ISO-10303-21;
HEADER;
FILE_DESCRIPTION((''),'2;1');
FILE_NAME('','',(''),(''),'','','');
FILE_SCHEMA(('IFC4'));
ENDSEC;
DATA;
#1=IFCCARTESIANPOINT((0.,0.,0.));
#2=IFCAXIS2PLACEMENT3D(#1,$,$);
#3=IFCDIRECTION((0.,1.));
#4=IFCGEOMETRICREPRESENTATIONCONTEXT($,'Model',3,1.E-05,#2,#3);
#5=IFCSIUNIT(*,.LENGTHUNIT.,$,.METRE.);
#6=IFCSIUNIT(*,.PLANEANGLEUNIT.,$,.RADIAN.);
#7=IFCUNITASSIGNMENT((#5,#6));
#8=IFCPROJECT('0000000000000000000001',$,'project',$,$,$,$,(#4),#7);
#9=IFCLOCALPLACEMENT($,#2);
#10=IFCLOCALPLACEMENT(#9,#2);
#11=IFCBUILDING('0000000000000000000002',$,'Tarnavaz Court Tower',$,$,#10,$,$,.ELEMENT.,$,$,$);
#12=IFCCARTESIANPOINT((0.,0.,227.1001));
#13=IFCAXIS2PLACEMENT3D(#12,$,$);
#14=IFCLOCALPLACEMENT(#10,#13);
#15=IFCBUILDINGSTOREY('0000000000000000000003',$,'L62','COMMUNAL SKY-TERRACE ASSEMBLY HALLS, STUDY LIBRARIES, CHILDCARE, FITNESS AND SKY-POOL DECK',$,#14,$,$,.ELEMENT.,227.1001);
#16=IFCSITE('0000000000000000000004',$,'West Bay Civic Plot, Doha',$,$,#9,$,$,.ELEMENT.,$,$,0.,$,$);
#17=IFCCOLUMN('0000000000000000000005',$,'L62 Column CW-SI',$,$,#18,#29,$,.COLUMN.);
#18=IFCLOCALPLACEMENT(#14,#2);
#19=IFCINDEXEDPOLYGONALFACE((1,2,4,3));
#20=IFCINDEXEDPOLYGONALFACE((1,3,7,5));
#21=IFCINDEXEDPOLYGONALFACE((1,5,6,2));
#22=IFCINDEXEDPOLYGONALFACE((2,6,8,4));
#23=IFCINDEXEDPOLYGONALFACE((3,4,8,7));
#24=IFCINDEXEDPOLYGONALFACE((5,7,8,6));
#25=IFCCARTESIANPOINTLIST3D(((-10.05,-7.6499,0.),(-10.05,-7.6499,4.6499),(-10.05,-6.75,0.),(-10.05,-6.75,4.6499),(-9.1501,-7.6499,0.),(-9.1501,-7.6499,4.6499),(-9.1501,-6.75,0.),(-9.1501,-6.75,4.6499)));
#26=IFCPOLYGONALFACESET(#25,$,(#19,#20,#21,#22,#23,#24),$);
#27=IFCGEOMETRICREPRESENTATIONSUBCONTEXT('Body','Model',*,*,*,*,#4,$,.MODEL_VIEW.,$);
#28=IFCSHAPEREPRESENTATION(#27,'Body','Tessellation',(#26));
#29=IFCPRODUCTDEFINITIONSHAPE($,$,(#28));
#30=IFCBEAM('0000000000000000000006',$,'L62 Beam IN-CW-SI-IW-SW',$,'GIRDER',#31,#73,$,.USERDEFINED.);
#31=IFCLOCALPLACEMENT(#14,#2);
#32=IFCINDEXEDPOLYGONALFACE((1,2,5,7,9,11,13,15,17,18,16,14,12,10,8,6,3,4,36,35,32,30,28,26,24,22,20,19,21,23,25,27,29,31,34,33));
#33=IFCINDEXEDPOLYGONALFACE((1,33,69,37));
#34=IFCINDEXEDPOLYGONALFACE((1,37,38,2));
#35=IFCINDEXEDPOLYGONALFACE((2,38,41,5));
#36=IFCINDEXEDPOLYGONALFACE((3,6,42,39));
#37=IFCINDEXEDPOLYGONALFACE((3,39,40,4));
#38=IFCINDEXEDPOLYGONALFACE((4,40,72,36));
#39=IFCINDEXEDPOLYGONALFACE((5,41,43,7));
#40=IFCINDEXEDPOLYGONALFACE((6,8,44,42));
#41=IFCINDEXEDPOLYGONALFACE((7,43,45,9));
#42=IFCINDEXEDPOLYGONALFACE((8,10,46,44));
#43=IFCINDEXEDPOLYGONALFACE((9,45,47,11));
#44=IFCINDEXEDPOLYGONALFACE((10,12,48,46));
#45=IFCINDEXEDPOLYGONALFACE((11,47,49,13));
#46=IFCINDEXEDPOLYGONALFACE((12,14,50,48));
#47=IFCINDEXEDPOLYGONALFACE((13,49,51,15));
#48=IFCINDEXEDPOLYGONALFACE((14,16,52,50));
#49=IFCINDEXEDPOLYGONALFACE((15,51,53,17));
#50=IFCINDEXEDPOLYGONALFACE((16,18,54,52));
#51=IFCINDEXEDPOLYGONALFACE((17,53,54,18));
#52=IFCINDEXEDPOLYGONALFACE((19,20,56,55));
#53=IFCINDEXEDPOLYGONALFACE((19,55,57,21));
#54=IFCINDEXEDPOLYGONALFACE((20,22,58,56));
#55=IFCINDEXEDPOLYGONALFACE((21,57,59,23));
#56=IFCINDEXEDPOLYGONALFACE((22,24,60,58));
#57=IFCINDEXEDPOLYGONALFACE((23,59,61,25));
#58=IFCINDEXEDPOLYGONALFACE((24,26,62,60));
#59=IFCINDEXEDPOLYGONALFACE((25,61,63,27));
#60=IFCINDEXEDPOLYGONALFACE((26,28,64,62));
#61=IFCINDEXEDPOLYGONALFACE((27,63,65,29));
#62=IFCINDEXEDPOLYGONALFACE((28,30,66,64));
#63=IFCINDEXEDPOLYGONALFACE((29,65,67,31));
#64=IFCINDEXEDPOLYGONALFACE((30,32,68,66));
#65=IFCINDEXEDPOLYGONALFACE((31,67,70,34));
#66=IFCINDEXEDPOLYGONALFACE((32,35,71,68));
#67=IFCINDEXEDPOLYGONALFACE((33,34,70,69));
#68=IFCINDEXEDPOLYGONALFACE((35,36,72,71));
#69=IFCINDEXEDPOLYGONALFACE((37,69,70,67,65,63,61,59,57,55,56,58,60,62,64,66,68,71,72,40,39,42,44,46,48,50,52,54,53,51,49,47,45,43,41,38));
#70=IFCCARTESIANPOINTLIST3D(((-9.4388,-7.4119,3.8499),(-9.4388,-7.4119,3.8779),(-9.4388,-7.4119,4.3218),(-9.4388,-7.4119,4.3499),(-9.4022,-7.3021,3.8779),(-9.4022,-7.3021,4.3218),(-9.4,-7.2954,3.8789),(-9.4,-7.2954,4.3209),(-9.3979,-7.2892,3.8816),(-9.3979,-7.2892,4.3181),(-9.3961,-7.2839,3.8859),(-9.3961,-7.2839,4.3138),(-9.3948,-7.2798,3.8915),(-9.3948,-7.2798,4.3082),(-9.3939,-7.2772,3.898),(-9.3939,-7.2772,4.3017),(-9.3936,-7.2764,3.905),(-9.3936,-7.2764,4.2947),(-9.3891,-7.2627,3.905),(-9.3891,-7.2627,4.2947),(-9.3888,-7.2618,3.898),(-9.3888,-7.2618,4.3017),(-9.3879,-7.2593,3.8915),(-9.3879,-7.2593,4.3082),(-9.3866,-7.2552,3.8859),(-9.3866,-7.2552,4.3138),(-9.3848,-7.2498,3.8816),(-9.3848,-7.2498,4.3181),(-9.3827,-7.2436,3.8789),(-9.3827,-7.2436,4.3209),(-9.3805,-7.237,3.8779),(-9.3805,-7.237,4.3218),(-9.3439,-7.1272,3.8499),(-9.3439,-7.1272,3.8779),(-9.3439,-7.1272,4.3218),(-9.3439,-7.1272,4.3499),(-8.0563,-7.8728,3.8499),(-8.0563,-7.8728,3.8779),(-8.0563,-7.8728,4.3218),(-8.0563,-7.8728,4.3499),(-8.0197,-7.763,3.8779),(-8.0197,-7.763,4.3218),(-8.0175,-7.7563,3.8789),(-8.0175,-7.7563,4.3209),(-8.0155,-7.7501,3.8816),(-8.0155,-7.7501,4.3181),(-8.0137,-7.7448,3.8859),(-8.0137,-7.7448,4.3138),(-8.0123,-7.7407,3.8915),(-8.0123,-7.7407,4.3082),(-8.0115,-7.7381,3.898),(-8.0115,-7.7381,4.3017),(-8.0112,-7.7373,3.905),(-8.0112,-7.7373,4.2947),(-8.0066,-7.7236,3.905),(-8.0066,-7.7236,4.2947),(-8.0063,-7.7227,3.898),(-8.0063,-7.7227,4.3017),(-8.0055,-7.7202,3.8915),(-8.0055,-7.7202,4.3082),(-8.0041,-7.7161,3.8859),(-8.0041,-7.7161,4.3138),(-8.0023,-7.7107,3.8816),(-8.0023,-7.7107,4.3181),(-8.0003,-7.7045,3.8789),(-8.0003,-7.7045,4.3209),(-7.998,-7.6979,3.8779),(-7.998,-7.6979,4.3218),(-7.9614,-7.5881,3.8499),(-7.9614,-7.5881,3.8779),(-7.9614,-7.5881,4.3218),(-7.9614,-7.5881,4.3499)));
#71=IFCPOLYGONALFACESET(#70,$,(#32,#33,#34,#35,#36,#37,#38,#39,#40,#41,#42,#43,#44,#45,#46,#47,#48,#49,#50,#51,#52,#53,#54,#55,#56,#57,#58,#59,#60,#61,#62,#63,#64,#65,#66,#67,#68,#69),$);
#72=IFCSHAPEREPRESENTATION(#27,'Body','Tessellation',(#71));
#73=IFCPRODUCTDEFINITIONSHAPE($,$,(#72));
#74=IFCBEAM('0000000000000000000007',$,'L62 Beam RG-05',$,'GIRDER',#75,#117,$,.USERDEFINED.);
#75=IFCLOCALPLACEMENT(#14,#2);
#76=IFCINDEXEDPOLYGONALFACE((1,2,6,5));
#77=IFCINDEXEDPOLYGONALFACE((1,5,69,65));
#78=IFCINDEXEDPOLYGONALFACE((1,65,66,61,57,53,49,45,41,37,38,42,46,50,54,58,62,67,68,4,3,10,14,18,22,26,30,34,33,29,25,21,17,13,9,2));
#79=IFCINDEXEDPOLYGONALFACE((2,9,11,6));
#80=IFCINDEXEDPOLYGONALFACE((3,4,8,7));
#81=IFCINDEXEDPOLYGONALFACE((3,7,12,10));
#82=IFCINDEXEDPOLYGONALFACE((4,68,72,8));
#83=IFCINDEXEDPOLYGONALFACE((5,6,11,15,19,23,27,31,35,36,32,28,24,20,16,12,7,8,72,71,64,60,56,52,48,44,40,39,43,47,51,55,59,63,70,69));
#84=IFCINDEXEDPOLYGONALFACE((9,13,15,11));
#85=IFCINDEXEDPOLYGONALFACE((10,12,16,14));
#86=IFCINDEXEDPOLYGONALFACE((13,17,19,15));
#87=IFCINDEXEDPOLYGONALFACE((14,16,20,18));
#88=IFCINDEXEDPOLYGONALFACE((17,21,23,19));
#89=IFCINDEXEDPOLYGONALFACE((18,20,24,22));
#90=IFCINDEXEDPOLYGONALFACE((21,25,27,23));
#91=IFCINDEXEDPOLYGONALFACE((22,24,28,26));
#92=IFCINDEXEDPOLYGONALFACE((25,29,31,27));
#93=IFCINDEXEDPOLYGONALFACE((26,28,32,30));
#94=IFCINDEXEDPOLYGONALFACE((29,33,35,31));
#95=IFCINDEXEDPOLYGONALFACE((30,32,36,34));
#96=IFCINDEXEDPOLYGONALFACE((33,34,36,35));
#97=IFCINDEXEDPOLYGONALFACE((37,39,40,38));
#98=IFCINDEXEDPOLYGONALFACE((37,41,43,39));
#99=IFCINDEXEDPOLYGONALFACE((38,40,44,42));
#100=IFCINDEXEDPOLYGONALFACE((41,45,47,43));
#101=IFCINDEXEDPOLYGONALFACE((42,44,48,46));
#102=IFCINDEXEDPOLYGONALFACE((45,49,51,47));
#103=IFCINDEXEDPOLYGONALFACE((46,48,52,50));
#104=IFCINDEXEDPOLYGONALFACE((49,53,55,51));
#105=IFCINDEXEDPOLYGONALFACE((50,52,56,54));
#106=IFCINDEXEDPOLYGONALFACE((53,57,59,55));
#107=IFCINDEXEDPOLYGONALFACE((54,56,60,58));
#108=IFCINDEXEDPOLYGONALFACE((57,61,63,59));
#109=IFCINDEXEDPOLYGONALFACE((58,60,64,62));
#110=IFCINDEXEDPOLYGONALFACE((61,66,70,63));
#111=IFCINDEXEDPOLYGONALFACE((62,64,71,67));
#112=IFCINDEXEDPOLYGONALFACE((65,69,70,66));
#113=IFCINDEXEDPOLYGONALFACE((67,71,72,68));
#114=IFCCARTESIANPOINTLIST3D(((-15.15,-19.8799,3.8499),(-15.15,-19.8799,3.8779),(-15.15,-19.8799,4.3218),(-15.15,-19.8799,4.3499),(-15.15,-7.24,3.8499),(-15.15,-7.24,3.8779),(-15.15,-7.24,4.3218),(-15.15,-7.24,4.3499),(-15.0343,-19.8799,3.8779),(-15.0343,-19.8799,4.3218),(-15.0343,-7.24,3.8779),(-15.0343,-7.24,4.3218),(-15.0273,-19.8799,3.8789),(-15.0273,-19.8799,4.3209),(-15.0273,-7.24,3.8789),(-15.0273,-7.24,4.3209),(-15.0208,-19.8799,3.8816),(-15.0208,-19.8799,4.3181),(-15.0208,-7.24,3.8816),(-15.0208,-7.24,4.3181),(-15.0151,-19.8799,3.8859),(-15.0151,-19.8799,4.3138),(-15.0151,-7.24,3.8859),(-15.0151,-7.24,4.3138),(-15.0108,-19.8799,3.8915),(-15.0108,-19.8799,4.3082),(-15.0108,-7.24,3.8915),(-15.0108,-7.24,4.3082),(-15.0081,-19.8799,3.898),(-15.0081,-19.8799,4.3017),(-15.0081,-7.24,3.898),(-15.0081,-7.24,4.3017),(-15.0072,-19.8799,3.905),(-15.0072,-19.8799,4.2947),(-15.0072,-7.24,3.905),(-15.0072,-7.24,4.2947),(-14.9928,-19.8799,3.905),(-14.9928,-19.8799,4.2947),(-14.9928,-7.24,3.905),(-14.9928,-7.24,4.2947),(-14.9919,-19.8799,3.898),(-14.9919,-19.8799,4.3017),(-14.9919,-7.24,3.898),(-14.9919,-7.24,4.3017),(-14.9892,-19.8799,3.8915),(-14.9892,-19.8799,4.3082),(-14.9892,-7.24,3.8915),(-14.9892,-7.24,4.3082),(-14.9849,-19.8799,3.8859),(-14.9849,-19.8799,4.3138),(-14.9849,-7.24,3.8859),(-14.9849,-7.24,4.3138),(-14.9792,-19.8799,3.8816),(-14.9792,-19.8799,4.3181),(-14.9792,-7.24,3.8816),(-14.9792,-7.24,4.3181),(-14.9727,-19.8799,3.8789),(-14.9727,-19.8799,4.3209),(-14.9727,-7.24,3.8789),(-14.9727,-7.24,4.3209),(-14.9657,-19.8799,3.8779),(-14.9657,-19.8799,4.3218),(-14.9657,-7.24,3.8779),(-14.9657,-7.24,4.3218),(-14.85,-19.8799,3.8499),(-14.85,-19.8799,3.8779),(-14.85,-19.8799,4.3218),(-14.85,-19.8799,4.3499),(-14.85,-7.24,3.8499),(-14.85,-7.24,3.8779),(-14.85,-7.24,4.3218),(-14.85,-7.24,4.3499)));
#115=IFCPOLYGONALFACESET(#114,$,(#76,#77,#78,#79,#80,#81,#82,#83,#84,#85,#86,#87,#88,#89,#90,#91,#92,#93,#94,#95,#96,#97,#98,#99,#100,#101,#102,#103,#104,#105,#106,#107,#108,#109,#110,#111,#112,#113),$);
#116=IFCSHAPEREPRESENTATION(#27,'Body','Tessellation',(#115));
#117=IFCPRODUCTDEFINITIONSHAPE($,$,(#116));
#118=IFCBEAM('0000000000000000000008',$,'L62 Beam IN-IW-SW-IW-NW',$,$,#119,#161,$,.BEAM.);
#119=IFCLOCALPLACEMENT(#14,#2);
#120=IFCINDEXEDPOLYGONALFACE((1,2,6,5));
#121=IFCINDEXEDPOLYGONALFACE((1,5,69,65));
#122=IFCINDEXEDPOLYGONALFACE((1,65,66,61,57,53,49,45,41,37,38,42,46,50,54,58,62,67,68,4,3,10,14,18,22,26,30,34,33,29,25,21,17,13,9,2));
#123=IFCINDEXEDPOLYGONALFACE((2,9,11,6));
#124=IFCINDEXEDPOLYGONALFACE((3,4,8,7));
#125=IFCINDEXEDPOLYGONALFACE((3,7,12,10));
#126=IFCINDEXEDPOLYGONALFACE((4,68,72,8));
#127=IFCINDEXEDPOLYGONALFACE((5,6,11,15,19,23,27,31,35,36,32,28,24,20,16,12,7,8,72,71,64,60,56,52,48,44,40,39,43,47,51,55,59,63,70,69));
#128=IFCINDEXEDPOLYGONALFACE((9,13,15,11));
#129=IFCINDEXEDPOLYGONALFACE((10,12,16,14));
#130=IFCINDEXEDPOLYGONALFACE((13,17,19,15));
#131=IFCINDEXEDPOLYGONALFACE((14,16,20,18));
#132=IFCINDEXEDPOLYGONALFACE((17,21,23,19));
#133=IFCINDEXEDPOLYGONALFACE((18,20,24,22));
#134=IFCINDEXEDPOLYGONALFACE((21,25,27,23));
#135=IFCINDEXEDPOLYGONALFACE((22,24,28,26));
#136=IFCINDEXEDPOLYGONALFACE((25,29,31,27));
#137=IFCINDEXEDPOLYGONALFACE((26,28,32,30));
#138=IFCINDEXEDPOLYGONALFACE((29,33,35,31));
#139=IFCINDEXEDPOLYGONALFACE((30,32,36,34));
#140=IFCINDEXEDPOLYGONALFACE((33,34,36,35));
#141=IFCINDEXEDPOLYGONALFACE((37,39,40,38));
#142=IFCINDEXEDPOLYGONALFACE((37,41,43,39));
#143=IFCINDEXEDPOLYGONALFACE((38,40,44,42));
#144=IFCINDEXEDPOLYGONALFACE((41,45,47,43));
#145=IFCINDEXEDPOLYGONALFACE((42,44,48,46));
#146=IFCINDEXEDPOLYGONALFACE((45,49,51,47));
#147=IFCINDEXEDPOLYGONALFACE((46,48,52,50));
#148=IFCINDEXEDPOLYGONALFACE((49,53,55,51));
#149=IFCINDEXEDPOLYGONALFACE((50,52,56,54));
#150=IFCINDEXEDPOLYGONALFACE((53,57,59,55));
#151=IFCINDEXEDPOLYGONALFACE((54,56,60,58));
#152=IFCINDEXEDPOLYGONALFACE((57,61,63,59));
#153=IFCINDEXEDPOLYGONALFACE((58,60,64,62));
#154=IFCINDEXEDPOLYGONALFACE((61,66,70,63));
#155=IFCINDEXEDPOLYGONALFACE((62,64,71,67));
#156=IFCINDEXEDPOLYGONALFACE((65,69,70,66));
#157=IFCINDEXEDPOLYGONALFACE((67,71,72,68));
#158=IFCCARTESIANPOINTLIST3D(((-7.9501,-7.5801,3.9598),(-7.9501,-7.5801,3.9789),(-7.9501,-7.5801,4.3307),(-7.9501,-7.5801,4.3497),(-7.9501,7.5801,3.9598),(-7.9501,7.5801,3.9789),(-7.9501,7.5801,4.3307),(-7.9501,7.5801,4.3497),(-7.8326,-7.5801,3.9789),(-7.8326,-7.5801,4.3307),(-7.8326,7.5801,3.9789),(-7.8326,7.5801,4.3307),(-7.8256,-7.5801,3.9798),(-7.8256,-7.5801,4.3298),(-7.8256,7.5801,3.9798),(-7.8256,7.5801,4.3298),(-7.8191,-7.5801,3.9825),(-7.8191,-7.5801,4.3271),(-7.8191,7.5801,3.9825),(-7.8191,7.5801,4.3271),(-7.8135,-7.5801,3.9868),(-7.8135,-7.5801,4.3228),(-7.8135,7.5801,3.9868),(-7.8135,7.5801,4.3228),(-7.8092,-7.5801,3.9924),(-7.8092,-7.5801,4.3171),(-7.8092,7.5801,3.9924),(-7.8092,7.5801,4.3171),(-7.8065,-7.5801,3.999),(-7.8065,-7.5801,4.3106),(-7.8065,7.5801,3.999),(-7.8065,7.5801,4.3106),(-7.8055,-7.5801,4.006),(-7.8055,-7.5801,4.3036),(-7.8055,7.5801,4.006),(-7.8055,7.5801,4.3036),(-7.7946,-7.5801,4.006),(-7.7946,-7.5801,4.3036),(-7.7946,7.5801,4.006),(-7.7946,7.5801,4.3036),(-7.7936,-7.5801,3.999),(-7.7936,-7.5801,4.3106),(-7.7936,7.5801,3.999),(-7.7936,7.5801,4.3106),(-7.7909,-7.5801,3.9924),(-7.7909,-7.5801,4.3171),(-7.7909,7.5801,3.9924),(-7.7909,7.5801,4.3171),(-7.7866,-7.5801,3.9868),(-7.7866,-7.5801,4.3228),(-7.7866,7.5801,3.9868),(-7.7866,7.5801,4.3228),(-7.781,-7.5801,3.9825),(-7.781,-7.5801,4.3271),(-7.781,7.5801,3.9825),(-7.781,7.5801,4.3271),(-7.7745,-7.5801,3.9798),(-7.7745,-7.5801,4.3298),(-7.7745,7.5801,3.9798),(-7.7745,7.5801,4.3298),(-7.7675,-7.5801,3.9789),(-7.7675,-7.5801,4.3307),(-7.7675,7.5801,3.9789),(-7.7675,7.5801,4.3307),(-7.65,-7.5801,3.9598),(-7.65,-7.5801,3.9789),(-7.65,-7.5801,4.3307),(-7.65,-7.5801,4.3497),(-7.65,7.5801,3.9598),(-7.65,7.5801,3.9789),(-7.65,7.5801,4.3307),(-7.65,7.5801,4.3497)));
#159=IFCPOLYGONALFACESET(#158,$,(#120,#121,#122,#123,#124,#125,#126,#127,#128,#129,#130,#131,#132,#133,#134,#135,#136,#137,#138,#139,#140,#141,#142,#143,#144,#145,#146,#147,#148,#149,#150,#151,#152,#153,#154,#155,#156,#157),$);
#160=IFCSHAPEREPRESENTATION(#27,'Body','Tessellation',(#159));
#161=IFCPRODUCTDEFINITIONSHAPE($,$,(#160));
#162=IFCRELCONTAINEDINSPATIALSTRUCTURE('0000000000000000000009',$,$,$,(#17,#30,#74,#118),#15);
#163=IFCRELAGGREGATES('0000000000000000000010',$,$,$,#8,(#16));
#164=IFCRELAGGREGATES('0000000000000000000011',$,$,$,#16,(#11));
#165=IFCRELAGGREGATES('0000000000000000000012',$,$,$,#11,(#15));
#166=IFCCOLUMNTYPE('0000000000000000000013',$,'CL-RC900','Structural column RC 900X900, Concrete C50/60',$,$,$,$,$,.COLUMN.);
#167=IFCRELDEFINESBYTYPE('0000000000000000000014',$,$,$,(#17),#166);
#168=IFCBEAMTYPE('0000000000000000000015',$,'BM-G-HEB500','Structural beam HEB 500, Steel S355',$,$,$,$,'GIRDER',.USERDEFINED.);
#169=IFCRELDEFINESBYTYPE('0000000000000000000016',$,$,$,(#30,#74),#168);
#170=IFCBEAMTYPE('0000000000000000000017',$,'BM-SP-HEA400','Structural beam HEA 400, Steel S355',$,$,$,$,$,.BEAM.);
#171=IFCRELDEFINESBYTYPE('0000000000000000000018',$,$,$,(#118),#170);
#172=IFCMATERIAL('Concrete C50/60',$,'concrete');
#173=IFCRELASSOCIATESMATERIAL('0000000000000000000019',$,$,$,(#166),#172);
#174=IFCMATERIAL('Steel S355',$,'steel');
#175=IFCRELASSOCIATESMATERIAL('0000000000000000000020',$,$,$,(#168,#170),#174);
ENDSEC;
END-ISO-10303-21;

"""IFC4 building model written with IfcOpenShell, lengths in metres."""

from ifc_helpers import new_model, si_unit, direction, frame, origin, origin_2d, place, context, subcontext, project, spatial, rectangle, i_section, extrude, material, material_profile, profile_set, type_object, element, save


model = new_model("IFC4")

# Units and contexts
model_context = context("Model", 3, precision=1e-05, world=origin(), true_north=direction((0.0, 1.0)))
body_context = subcontext(model_context, "Body", "Model", "MODEL_VIEW")
ifc_project = project(units=[si_unit("LENGTHUNIT", "METRE"), si_unit("PLANEANGLEUNIT", "RADIAN")], contexts=[model_context])

# Site, building, storey
site_placement = place(None, origin())
site = spatial("IfcSite", under=ifc_project, at=site_placement, Name="West Bay Civic Plot, Doha", CompositionType="ELEMENT", RefElevation=0.0)
building_placement = place(site_placement, origin())
building = spatial("IfcBuilding", under=site, at=building_placement, Name="Tarnavaz Court Tower", CompositionType="ELEMENT")
storey_placement = place(building_placement, frame((0.0, 0.0, 227.1001)))
storey = spatial("IfcBuildingStorey", under=building, at=storey_placement, Name="L62", Description="COMMUNAL SKY-TERRACE ASSEMBLY HALLS, STUDY LIBRARIES, CHILDCARE, FITNESS AND SKY-POOL DECK", CompositionType="ELEMENT", Elevation=227.1001)

# Column
ifc_material_1 = material(Name="Concrete C50/60", Category="concrete")
ifc_material_profile_1 = material_profile(ifc_material_1, rectangle(XDim=0.8999, YDim=0.8999, at=origin_2d()), Name="RC 900X900")
ifc_profile_set_1 = profile_set([ifc_material_profile_1], Name="Concrete C50/60")
column_type = type_object("IfcColumnType", Name="CL-RC900", Description="Structural column RC 900X900, Concrete C50/60", PredefinedType="COLUMN", material=ifc_profile_set_1)
column_placement = place(storey_placement, frame((-9.6001, -7.2, 0.0), z_axis=(0.0, 0.0, 1.0), x_axis=(1.0, 0.0, 0.0)))
element("IfcColumn", 1, at=column_placement, inside=storey, type_object=column_type, Name="L62 Column CW-SI", PredefinedType="COLUMN", context=body_context, shape_type="SweptSolid", body=[
    extrude(rectangle(XDim=0.8999, YDim=0.8999, at=origin_2d()), origin(), (0.0, 0.0, 1.0), 4.6499),
])

# Beams
ifc_material_2 = material(Name="Steel S355", Category="steel")
ifc_material_profile_2 = material_profile(ifc_material_2, i_section(OverallWidth=0.3, OverallDepth=0.5, WebThickness=0.0144, FlangeThickness=0.0281, FilletRadius=0.0271, at=origin_2d()), Name="HEB 500")
ifc_profile_set_2 = profile_set([ifc_material_profile_2], Name="Steel S355")
beam_type_1 = type_object("IfcBeamType", Name="BM-G-HEB500", Description="Structural beam HEB 500, Steel S355", ElementType="GIRDER", PredefinedType="USERDEFINED", material=ifc_profile_set_2)
beam_1_placement = place(storey_placement, frame((-9.3914, -7.2695, 4.0999), z_axis=(0.948667, -0.316278, 0.0), x_axis=(0.316278, 0.948667, 0.0)))
element("IfcBeam", 2, at=beam_1_placement, inside=storey, type_object=beam_type_1, Name="L62 Beam IN-CW-SI-IW-SW", ObjectType="GIRDER", PredefinedType="USERDEFINED", context=body_context, shape_type="SweptSolid", body=[
    extrude(i_section(OverallWidth=0.3, OverallDepth=0.5, WebThickness=0.0144, FlangeThickness=0.0281, FilletRadius=0.0271, at=origin_2d()), origin(), (0.0, 0.0, 1.0), 1.4573),
])
beam_2_placement = place(storey_placement, frame((-15.0, -7.24, 4.0999), z_axis=(0.0, -1.0, 0.0), x_axis=(1.0, 0.0, 0.0)))
element("IfcBeam", 3, at=beam_2_placement, inside=storey, type_object=beam_type_1, Name="L62 Beam RG-05", ObjectType="GIRDER", PredefinedType="USERDEFINED", context=body_context, shape_type="SweptSolid", body=[
    extrude(i_section(OverallWidth=0.3, OverallDepth=0.5, WebThickness=0.0144, FlangeThickness=0.0281, FilletRadius=0.0271, at=origin_2d()), origin(), (0.0, 0.0, 1.0), 12.6399),
])
ifc_material_profile_3 = material_profile(ifc_material_2, i_section(OverallWidth=0.3, OverallDepth=0.3899, WebThickness=0.011, FlangeThickness=0.019, FilletRadius=0.0271, at=origin_2d()), Name="HEA 400")
ifc_profile_set_3 = profile_set([ifc_material_profile_3], Name="Steel S355")
beam_type_2 = type_object("IfcBeamType", Name="BM-SP-HEA400", Description="Structural beam HEA 400, Steel S355", PredefinedType="BEAM", material=ifc_profile_set_3)
beam_3_placement = place(storey_placement, frame((-7.8, -7.5801, 4.1548), z_axis=(0.0, 1.0, 0.0), x_axis=(-1.0, 0.0, 0.0)))
element("IfcBeam", 4, at=beam_3_placement, inside=storey, type_object=beam_type_2, Name="L62 Beam IN-IW-SW-IW-NW", PredefinedType="BEAM", context=body_context, shape_type="SweptSolid", body=[
    extrude(i_section(OverallWidth=0.3, OverallDepth=0.3899, WebThickness=0.011, FlangeThickness=0.019, FilletRadius=0.0271, at=origin_2d()), origin(), (0.0, 0.0, 1.0), 15.1602),
])

save(model, "model.ifc")
